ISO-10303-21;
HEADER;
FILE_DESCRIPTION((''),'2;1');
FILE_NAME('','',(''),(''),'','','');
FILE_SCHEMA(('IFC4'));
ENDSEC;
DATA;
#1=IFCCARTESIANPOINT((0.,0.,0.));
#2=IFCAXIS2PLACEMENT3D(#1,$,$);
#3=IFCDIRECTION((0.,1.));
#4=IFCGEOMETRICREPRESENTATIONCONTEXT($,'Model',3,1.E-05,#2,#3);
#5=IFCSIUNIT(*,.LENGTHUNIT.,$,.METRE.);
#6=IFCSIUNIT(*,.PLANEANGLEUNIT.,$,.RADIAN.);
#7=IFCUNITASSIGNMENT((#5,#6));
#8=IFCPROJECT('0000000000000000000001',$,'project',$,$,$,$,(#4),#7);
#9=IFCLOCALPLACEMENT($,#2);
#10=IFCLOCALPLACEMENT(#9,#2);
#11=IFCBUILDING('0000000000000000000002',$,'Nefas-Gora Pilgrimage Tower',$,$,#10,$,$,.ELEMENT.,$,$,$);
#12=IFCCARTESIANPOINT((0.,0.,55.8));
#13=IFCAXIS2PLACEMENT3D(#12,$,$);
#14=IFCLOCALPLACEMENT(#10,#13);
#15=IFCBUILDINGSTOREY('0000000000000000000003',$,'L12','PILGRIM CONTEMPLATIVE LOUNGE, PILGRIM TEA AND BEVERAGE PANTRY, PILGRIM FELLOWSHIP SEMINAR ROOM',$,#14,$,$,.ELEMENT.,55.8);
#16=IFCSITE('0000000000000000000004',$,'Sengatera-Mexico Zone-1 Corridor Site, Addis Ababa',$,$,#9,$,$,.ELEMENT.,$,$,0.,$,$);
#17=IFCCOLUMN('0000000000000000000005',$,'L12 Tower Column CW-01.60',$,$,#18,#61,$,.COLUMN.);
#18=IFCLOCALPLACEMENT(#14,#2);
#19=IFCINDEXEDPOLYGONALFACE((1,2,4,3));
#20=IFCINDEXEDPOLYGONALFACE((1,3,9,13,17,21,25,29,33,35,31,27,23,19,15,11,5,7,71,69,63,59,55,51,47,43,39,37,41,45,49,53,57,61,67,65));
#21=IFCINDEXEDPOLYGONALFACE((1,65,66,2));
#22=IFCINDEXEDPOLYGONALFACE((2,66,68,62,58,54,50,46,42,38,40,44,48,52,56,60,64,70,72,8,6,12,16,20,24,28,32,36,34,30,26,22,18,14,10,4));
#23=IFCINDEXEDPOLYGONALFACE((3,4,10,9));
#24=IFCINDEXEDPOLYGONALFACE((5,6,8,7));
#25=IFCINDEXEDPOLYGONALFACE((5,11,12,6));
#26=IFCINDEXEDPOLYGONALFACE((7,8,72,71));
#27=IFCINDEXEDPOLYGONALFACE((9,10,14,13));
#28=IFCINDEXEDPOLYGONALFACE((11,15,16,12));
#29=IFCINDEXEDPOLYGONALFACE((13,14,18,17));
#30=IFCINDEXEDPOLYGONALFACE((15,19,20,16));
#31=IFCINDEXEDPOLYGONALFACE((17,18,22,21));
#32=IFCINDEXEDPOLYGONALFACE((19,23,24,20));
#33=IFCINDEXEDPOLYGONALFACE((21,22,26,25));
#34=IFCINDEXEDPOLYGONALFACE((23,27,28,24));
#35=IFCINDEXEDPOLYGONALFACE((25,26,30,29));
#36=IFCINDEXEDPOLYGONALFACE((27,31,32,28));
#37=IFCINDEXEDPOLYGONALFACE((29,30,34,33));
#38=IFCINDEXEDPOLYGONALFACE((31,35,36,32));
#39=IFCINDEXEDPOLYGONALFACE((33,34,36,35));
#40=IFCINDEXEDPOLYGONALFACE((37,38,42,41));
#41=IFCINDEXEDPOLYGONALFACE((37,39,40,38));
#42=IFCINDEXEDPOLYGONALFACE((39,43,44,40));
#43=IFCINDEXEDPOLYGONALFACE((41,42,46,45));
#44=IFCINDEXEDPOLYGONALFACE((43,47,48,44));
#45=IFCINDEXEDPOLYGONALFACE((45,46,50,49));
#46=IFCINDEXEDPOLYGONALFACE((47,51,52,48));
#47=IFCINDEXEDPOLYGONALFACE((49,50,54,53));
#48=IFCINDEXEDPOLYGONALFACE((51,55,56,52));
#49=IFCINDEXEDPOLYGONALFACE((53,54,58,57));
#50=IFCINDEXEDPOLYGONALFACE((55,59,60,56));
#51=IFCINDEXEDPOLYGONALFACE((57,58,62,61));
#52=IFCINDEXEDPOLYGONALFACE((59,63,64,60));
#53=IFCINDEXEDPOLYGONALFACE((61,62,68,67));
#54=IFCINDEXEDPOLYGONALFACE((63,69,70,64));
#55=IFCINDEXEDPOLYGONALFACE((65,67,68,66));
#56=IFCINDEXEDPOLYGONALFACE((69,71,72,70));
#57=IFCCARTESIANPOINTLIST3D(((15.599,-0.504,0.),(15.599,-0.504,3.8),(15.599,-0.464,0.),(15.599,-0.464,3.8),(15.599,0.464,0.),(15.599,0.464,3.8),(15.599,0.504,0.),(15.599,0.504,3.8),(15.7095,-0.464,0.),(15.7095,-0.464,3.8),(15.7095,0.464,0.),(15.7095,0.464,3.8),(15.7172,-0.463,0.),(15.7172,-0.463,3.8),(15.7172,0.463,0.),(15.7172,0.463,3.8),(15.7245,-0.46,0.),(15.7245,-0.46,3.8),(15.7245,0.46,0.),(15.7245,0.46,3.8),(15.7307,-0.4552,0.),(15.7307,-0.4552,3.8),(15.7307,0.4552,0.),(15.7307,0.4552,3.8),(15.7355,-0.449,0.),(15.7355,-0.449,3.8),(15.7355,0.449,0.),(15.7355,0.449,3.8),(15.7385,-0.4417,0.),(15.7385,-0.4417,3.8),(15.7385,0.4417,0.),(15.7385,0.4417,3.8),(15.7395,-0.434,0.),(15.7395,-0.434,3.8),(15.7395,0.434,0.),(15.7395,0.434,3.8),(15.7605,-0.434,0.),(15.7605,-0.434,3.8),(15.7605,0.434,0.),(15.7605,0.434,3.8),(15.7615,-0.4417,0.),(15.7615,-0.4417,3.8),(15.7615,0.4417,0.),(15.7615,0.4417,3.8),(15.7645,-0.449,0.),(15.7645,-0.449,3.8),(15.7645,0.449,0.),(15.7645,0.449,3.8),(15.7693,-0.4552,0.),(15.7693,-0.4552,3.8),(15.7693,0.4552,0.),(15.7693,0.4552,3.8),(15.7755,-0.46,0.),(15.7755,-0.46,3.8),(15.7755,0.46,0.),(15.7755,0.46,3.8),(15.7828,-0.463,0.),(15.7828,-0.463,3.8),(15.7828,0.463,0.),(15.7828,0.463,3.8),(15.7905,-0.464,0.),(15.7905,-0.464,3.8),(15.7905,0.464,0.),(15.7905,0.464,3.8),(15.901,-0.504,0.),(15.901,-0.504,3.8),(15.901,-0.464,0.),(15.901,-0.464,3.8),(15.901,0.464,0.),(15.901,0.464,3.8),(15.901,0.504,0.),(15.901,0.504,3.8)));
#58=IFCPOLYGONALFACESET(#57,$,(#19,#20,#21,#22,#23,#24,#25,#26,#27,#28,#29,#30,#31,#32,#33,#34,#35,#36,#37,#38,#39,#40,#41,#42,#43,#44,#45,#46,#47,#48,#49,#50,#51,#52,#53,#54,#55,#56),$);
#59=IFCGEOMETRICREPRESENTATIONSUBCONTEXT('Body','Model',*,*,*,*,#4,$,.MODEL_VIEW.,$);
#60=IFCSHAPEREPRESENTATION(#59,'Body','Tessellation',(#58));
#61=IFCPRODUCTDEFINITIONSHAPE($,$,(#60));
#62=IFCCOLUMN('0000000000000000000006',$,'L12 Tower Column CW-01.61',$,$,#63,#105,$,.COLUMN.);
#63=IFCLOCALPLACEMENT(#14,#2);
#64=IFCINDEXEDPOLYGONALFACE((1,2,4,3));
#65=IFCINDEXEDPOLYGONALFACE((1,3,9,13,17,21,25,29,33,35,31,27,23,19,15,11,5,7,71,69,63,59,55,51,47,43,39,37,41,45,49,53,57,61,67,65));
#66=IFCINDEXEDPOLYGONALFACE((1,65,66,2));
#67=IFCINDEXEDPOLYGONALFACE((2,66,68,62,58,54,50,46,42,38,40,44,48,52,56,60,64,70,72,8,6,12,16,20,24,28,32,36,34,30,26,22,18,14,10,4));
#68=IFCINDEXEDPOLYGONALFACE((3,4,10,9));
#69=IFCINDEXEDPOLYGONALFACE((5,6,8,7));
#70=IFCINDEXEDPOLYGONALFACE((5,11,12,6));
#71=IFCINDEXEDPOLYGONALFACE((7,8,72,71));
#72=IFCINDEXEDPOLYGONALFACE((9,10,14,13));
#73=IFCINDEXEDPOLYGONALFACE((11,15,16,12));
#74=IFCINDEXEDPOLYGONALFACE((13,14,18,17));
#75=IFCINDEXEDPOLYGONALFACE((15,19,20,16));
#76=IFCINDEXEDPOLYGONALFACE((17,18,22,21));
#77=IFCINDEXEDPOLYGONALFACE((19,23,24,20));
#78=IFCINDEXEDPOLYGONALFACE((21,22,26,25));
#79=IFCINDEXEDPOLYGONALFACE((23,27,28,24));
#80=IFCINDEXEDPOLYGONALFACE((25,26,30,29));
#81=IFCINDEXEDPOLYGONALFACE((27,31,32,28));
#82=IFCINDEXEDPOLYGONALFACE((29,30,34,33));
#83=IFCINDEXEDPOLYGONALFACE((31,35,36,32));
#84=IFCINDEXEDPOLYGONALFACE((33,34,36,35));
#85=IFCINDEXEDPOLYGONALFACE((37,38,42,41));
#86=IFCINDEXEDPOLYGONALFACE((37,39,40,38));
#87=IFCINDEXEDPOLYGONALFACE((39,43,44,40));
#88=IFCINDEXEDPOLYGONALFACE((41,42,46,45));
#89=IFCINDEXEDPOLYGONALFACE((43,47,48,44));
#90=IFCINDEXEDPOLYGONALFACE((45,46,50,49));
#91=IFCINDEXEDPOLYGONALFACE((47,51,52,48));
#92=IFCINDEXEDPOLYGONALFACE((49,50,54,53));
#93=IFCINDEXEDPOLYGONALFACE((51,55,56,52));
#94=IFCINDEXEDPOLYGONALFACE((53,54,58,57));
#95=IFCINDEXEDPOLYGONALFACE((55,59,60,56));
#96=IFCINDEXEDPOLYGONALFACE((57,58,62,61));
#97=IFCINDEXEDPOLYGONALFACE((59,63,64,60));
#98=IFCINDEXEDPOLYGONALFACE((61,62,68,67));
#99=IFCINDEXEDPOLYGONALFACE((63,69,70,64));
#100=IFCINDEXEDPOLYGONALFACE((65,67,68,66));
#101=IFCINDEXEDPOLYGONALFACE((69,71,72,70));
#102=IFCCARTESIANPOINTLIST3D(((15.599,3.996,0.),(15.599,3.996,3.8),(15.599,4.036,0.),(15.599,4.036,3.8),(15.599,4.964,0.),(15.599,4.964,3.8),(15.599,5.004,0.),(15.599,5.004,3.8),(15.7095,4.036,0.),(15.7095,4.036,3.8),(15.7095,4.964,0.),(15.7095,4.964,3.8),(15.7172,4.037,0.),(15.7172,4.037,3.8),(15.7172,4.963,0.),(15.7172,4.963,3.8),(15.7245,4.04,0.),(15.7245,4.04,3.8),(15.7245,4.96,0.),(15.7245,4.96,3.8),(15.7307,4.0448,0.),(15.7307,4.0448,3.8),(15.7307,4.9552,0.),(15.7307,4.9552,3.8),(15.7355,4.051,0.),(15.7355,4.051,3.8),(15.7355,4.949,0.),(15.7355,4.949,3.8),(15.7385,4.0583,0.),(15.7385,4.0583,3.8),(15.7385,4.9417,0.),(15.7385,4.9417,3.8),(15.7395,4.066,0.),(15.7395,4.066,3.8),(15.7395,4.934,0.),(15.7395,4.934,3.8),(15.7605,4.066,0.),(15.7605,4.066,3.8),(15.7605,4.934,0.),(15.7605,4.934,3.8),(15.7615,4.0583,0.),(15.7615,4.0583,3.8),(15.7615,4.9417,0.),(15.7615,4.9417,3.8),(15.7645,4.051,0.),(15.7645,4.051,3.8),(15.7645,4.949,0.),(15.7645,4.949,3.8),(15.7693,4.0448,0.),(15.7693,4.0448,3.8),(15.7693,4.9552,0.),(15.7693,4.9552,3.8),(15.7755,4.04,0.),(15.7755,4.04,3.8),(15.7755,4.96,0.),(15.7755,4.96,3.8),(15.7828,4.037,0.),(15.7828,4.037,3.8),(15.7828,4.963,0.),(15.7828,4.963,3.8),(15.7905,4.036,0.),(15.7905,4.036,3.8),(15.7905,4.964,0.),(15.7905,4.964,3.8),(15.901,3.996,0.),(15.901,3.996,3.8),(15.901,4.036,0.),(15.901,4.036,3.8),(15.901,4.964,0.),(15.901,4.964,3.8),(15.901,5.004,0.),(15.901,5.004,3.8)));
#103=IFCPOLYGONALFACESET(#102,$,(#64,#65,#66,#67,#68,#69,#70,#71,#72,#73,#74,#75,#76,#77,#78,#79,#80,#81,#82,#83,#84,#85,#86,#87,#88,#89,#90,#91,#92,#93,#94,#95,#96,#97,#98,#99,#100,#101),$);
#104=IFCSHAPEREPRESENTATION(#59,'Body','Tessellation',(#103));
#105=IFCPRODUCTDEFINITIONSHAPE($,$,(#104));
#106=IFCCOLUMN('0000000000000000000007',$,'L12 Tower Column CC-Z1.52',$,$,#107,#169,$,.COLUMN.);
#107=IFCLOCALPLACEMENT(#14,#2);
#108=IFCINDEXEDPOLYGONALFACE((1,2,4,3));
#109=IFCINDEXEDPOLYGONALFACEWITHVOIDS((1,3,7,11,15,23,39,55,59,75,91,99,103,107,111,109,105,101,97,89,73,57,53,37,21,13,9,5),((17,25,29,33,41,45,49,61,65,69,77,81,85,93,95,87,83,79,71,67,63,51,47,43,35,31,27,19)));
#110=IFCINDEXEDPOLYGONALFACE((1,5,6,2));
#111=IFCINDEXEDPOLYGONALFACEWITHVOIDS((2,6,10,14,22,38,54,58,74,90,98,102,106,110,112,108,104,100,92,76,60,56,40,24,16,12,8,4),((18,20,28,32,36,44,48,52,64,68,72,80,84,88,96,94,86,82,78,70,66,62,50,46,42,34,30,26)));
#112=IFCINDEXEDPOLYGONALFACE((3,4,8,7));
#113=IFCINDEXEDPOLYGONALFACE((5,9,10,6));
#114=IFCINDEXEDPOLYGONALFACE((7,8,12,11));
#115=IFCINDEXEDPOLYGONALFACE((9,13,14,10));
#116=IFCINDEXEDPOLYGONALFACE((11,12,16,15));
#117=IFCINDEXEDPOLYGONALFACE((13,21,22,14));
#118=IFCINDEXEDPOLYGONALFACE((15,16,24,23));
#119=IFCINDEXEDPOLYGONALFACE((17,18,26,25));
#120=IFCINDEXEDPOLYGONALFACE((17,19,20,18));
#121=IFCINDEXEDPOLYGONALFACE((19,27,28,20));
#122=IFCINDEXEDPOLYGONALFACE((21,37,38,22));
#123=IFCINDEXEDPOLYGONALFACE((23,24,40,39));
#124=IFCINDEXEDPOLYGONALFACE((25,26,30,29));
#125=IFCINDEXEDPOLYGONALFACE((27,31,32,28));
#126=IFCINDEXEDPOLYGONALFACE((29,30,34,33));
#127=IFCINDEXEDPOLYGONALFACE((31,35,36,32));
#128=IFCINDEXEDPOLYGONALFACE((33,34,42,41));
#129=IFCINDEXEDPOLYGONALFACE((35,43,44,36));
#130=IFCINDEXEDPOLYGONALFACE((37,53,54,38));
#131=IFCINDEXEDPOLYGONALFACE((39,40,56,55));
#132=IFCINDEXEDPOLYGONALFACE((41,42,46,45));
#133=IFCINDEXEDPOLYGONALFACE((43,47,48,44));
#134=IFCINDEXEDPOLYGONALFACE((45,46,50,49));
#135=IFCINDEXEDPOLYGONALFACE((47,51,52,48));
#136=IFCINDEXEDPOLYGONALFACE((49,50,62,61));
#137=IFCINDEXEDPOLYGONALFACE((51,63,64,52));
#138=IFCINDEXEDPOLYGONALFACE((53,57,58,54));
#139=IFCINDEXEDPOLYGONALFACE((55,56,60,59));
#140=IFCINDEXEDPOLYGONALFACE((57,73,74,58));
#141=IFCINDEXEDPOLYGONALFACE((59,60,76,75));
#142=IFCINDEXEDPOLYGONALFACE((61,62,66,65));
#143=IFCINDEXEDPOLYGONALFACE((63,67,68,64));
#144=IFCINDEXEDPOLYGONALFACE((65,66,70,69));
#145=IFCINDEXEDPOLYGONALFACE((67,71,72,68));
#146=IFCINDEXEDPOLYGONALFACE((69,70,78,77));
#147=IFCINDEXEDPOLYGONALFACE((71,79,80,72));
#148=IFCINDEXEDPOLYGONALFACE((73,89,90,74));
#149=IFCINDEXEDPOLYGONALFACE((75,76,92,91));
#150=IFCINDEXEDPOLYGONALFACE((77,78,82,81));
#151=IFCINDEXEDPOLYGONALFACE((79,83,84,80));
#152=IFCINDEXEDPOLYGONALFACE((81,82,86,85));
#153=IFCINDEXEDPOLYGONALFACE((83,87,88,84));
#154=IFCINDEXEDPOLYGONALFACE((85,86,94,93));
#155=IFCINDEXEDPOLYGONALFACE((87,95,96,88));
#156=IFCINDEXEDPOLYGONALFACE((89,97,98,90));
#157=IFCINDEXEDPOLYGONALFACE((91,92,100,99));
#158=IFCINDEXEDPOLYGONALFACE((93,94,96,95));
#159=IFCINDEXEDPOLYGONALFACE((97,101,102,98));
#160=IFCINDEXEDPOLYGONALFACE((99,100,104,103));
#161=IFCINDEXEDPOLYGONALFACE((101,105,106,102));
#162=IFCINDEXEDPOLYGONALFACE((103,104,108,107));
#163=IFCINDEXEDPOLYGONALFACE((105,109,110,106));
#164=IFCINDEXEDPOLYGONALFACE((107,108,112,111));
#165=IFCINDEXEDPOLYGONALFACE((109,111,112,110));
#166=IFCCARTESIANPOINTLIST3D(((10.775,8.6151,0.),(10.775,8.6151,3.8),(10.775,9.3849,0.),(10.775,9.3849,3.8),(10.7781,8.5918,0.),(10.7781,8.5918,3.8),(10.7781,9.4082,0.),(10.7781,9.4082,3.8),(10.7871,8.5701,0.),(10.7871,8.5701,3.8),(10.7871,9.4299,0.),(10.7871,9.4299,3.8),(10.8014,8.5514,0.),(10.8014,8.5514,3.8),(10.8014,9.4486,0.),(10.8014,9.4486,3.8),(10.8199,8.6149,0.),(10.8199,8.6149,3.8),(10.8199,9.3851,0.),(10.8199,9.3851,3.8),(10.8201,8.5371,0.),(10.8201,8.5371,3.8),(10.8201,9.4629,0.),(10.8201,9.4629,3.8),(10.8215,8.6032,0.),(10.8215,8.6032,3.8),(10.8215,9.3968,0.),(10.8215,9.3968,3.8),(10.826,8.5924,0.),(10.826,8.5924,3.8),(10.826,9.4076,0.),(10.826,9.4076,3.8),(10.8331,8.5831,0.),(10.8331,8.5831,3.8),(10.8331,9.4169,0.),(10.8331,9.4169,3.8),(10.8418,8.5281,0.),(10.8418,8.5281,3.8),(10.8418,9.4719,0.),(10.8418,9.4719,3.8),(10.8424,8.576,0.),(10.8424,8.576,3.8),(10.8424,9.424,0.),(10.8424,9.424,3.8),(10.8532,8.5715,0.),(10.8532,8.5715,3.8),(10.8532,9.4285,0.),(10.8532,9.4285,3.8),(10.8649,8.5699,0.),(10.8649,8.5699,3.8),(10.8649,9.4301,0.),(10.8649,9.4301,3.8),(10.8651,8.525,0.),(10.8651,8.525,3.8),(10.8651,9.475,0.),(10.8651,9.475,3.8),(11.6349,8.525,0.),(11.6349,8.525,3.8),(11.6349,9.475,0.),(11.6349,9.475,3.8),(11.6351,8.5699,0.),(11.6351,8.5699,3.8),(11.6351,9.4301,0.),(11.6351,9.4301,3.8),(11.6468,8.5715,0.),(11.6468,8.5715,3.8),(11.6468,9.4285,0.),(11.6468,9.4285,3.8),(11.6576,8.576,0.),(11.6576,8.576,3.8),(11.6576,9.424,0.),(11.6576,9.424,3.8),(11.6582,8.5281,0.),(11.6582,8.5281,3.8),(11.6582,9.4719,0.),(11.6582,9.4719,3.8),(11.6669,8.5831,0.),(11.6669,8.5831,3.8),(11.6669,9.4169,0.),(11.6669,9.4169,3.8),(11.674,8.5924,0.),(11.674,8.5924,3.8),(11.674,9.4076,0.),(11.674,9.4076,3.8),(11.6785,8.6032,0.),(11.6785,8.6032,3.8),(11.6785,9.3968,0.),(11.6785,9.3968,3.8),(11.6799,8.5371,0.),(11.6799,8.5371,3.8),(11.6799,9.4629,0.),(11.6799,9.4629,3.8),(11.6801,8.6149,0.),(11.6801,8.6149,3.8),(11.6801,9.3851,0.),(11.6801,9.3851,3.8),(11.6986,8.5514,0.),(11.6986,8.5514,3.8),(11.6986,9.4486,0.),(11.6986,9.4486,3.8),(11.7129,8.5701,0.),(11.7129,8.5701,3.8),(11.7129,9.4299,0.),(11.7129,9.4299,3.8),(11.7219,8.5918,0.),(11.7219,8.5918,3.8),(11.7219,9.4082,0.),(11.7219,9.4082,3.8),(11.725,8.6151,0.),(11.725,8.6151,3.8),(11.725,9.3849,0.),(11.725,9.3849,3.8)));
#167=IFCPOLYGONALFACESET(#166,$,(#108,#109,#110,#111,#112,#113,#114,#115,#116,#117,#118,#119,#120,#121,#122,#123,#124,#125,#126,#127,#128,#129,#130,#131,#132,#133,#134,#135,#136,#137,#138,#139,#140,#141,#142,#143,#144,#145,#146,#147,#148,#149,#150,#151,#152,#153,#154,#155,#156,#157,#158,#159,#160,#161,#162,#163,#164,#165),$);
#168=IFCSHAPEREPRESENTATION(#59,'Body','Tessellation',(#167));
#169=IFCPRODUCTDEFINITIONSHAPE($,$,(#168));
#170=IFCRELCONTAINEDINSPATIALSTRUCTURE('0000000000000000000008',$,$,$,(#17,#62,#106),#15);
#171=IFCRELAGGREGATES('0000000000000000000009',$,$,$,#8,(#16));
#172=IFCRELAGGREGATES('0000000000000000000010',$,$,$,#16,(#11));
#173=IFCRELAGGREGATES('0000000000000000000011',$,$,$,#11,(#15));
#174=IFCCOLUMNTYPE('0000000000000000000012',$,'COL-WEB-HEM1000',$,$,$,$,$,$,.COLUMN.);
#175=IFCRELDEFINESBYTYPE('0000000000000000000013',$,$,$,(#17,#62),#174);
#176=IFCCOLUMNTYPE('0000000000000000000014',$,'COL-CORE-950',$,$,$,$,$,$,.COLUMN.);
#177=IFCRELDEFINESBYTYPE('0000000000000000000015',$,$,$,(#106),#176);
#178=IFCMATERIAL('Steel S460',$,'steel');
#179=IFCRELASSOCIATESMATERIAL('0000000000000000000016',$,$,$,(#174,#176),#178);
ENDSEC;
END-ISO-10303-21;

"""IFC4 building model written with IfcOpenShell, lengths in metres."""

from ifc_helpers import new_model, si_unit, direction, frame, origin, origin_2d, place, context, subcontext, project, spatial, hollow_rectangle, i_section, extrude, source, transform, mapped, material, material_profile, profile_set, type_object, element, save


model = new_model("IFC4")

# Units and contexts
model_context = context("Model", 3, precision=1e-05, world=origin(), true_north=direction((0.0, 1.0)))
body_context = subcontext(model_context, "Body", "Model", "MODEL_VIEW")
ifc_project = project(units=[si_unit("LENGTHUNIT", "METRE"), si_unit("PLANEANGLEUNIT", "RADIAN")], contexts=[model_context])

# Site, building, storey
site_placement = place(None, origin())
site = spatial("IfcSite", under=ifc_project, at=site_placement, Name="Sengatera-Mexico Zone-1 Corridor Site, Addis Ababa", CompositionType="ELEMENT", RefElevation=0.0)
building_placement = place(site_placement, origin())
building = spatial("IfcBuilding", under=site, at=building_placement, Name="Nefas-Gora Pilgrimage Tower", CompositionType="ELEMENT")
storey_placement = place(building_placement, frame((0.0, 0.0, 55.8)))
storey = spatial("IfcBuildingStorey", under=building, at=storey_placement, Name="L12", Description="PILGRIM CONTEMPLATIVE LOUNGE, PILGRIM TEA AND BEVERAGE PANTRY, PILGRIM FELLOWSHIP SEMINAR ROOM", CompositionType="ELEMENT", Elevation=55.8)

# Columns
ifc_material_1 = material(Name="Steel S460", Category="steel")
ifc_material_profile_1 = material_profile(ifc_material_1, i_section(OverallWidth=0.302, OverallDepth=1.0081, WebThickness=0.021, FlangeThickness=0.04, FilletRadius=0.03, at=origin_2d()), Name="HEM 1000")
ifc_profile_set_1 = profile_set([ifc_material_profile_1], Name="Steel S460")
column_type_1 = type_object("IfcColumnType", Name="COL-WEB-HEM1000", PredefinedType="COLUMN", material=ifc_profile_set_1)
shared_shape_1 = source(origin(), body_context, "Body", "SweptSolid", [
    extrude(i_section(OverallWidth=0.302, OverallDepth=1.0081, WebThickness=0.021, FlangeThickness=0.04, FilletRadius=0.03, at=origin_2d()), origin(), (0.0, 0.0, 1.0), 3.8),
])
for number, where, z_axis, x_axis, name in (
    (1, (15.75, 0.0, 0.0), (0.0, 0.0, 1.0), (1.0, 0.0, 0.0), "L12 Tower Column CW-01.60"),
    (2, (15.75, 4.5, 0.0), (0.0, 0.0, 1.0), (1.0, 0.0, 0.0), "L12 Tower Column CW-01.61"),
):
    element("IfcColumn", number, at=place(storey_placement, frame(where, z_axis=z_axis, x_axis=x_axis)), inside=storey, type_object=column_type_1, Name=name, PredefinedType="COLUMN", context=body_context, shape_type="MappedRepresentation", body=[
        mapped(shared_shape_1, transform((0.0, 0.0, 0.0), x_axis=(1.0, 0.0, 0.0), y_axis=(0.0, 1.0, 0.0), z_axis=(0.0, 0.0, 1.0), scale=1.0)),
    ])
ifc_material_profile_2 = material_profile(ifc_material_1, hollow_rectangle(XDim=0.95, YDim=0.95, WallThickness=0.0449, InnerFilletRadius=0.0449, OuterFilletRadius=0.0901, at=origin_2d()), Name="BOX 950x950x45")
ifc_profile_set_2 = profile_set([ifc_material_profile_2], Name="Steel S460")
column_type_2 = type_object("IfcColumnType", Name="COL-CORE-950", PredefinedType="COLUMN", material=ifc_profile_set_2)
shared_shape_2 = source(origin(), body_context, "Body", "SweptSolid", [
    extrude(hollow_rectangle(XDim=0.95, YDim=0.95, WallThickness=0.0449, InnerFilletRadius=0.0449, OuterFilletRadius=0.0901, at=origin_2d()), origin(), (0.0, 0.0, 1.0), 3.8),
])
column_placement = place(storey_placement, frame((11.25, 9.0, 0.0), z_axis=(0.0, 0.0, 1.0), x_axis=(1.0, 0.0, 0.0)))
element("IfcColumn", 3, at=column_placement, inside=storey, type_object=column_type_2, Name="L12 Tower Column CC-Z1.52", PredefinedType="COLUMN", context=body_context, shape_type="MappedRepresentation", body=[
    mapped(shared_shape_2, transform((0.0, 0.0, 0.0), x_axis=(1.0, 0.0, 0.0), y_axis=(0.0, 1.0, 0.0), z_axis=(0.0, 0.0, 1.0), scale=1.0)),
])

save(model, "model.ifc")
